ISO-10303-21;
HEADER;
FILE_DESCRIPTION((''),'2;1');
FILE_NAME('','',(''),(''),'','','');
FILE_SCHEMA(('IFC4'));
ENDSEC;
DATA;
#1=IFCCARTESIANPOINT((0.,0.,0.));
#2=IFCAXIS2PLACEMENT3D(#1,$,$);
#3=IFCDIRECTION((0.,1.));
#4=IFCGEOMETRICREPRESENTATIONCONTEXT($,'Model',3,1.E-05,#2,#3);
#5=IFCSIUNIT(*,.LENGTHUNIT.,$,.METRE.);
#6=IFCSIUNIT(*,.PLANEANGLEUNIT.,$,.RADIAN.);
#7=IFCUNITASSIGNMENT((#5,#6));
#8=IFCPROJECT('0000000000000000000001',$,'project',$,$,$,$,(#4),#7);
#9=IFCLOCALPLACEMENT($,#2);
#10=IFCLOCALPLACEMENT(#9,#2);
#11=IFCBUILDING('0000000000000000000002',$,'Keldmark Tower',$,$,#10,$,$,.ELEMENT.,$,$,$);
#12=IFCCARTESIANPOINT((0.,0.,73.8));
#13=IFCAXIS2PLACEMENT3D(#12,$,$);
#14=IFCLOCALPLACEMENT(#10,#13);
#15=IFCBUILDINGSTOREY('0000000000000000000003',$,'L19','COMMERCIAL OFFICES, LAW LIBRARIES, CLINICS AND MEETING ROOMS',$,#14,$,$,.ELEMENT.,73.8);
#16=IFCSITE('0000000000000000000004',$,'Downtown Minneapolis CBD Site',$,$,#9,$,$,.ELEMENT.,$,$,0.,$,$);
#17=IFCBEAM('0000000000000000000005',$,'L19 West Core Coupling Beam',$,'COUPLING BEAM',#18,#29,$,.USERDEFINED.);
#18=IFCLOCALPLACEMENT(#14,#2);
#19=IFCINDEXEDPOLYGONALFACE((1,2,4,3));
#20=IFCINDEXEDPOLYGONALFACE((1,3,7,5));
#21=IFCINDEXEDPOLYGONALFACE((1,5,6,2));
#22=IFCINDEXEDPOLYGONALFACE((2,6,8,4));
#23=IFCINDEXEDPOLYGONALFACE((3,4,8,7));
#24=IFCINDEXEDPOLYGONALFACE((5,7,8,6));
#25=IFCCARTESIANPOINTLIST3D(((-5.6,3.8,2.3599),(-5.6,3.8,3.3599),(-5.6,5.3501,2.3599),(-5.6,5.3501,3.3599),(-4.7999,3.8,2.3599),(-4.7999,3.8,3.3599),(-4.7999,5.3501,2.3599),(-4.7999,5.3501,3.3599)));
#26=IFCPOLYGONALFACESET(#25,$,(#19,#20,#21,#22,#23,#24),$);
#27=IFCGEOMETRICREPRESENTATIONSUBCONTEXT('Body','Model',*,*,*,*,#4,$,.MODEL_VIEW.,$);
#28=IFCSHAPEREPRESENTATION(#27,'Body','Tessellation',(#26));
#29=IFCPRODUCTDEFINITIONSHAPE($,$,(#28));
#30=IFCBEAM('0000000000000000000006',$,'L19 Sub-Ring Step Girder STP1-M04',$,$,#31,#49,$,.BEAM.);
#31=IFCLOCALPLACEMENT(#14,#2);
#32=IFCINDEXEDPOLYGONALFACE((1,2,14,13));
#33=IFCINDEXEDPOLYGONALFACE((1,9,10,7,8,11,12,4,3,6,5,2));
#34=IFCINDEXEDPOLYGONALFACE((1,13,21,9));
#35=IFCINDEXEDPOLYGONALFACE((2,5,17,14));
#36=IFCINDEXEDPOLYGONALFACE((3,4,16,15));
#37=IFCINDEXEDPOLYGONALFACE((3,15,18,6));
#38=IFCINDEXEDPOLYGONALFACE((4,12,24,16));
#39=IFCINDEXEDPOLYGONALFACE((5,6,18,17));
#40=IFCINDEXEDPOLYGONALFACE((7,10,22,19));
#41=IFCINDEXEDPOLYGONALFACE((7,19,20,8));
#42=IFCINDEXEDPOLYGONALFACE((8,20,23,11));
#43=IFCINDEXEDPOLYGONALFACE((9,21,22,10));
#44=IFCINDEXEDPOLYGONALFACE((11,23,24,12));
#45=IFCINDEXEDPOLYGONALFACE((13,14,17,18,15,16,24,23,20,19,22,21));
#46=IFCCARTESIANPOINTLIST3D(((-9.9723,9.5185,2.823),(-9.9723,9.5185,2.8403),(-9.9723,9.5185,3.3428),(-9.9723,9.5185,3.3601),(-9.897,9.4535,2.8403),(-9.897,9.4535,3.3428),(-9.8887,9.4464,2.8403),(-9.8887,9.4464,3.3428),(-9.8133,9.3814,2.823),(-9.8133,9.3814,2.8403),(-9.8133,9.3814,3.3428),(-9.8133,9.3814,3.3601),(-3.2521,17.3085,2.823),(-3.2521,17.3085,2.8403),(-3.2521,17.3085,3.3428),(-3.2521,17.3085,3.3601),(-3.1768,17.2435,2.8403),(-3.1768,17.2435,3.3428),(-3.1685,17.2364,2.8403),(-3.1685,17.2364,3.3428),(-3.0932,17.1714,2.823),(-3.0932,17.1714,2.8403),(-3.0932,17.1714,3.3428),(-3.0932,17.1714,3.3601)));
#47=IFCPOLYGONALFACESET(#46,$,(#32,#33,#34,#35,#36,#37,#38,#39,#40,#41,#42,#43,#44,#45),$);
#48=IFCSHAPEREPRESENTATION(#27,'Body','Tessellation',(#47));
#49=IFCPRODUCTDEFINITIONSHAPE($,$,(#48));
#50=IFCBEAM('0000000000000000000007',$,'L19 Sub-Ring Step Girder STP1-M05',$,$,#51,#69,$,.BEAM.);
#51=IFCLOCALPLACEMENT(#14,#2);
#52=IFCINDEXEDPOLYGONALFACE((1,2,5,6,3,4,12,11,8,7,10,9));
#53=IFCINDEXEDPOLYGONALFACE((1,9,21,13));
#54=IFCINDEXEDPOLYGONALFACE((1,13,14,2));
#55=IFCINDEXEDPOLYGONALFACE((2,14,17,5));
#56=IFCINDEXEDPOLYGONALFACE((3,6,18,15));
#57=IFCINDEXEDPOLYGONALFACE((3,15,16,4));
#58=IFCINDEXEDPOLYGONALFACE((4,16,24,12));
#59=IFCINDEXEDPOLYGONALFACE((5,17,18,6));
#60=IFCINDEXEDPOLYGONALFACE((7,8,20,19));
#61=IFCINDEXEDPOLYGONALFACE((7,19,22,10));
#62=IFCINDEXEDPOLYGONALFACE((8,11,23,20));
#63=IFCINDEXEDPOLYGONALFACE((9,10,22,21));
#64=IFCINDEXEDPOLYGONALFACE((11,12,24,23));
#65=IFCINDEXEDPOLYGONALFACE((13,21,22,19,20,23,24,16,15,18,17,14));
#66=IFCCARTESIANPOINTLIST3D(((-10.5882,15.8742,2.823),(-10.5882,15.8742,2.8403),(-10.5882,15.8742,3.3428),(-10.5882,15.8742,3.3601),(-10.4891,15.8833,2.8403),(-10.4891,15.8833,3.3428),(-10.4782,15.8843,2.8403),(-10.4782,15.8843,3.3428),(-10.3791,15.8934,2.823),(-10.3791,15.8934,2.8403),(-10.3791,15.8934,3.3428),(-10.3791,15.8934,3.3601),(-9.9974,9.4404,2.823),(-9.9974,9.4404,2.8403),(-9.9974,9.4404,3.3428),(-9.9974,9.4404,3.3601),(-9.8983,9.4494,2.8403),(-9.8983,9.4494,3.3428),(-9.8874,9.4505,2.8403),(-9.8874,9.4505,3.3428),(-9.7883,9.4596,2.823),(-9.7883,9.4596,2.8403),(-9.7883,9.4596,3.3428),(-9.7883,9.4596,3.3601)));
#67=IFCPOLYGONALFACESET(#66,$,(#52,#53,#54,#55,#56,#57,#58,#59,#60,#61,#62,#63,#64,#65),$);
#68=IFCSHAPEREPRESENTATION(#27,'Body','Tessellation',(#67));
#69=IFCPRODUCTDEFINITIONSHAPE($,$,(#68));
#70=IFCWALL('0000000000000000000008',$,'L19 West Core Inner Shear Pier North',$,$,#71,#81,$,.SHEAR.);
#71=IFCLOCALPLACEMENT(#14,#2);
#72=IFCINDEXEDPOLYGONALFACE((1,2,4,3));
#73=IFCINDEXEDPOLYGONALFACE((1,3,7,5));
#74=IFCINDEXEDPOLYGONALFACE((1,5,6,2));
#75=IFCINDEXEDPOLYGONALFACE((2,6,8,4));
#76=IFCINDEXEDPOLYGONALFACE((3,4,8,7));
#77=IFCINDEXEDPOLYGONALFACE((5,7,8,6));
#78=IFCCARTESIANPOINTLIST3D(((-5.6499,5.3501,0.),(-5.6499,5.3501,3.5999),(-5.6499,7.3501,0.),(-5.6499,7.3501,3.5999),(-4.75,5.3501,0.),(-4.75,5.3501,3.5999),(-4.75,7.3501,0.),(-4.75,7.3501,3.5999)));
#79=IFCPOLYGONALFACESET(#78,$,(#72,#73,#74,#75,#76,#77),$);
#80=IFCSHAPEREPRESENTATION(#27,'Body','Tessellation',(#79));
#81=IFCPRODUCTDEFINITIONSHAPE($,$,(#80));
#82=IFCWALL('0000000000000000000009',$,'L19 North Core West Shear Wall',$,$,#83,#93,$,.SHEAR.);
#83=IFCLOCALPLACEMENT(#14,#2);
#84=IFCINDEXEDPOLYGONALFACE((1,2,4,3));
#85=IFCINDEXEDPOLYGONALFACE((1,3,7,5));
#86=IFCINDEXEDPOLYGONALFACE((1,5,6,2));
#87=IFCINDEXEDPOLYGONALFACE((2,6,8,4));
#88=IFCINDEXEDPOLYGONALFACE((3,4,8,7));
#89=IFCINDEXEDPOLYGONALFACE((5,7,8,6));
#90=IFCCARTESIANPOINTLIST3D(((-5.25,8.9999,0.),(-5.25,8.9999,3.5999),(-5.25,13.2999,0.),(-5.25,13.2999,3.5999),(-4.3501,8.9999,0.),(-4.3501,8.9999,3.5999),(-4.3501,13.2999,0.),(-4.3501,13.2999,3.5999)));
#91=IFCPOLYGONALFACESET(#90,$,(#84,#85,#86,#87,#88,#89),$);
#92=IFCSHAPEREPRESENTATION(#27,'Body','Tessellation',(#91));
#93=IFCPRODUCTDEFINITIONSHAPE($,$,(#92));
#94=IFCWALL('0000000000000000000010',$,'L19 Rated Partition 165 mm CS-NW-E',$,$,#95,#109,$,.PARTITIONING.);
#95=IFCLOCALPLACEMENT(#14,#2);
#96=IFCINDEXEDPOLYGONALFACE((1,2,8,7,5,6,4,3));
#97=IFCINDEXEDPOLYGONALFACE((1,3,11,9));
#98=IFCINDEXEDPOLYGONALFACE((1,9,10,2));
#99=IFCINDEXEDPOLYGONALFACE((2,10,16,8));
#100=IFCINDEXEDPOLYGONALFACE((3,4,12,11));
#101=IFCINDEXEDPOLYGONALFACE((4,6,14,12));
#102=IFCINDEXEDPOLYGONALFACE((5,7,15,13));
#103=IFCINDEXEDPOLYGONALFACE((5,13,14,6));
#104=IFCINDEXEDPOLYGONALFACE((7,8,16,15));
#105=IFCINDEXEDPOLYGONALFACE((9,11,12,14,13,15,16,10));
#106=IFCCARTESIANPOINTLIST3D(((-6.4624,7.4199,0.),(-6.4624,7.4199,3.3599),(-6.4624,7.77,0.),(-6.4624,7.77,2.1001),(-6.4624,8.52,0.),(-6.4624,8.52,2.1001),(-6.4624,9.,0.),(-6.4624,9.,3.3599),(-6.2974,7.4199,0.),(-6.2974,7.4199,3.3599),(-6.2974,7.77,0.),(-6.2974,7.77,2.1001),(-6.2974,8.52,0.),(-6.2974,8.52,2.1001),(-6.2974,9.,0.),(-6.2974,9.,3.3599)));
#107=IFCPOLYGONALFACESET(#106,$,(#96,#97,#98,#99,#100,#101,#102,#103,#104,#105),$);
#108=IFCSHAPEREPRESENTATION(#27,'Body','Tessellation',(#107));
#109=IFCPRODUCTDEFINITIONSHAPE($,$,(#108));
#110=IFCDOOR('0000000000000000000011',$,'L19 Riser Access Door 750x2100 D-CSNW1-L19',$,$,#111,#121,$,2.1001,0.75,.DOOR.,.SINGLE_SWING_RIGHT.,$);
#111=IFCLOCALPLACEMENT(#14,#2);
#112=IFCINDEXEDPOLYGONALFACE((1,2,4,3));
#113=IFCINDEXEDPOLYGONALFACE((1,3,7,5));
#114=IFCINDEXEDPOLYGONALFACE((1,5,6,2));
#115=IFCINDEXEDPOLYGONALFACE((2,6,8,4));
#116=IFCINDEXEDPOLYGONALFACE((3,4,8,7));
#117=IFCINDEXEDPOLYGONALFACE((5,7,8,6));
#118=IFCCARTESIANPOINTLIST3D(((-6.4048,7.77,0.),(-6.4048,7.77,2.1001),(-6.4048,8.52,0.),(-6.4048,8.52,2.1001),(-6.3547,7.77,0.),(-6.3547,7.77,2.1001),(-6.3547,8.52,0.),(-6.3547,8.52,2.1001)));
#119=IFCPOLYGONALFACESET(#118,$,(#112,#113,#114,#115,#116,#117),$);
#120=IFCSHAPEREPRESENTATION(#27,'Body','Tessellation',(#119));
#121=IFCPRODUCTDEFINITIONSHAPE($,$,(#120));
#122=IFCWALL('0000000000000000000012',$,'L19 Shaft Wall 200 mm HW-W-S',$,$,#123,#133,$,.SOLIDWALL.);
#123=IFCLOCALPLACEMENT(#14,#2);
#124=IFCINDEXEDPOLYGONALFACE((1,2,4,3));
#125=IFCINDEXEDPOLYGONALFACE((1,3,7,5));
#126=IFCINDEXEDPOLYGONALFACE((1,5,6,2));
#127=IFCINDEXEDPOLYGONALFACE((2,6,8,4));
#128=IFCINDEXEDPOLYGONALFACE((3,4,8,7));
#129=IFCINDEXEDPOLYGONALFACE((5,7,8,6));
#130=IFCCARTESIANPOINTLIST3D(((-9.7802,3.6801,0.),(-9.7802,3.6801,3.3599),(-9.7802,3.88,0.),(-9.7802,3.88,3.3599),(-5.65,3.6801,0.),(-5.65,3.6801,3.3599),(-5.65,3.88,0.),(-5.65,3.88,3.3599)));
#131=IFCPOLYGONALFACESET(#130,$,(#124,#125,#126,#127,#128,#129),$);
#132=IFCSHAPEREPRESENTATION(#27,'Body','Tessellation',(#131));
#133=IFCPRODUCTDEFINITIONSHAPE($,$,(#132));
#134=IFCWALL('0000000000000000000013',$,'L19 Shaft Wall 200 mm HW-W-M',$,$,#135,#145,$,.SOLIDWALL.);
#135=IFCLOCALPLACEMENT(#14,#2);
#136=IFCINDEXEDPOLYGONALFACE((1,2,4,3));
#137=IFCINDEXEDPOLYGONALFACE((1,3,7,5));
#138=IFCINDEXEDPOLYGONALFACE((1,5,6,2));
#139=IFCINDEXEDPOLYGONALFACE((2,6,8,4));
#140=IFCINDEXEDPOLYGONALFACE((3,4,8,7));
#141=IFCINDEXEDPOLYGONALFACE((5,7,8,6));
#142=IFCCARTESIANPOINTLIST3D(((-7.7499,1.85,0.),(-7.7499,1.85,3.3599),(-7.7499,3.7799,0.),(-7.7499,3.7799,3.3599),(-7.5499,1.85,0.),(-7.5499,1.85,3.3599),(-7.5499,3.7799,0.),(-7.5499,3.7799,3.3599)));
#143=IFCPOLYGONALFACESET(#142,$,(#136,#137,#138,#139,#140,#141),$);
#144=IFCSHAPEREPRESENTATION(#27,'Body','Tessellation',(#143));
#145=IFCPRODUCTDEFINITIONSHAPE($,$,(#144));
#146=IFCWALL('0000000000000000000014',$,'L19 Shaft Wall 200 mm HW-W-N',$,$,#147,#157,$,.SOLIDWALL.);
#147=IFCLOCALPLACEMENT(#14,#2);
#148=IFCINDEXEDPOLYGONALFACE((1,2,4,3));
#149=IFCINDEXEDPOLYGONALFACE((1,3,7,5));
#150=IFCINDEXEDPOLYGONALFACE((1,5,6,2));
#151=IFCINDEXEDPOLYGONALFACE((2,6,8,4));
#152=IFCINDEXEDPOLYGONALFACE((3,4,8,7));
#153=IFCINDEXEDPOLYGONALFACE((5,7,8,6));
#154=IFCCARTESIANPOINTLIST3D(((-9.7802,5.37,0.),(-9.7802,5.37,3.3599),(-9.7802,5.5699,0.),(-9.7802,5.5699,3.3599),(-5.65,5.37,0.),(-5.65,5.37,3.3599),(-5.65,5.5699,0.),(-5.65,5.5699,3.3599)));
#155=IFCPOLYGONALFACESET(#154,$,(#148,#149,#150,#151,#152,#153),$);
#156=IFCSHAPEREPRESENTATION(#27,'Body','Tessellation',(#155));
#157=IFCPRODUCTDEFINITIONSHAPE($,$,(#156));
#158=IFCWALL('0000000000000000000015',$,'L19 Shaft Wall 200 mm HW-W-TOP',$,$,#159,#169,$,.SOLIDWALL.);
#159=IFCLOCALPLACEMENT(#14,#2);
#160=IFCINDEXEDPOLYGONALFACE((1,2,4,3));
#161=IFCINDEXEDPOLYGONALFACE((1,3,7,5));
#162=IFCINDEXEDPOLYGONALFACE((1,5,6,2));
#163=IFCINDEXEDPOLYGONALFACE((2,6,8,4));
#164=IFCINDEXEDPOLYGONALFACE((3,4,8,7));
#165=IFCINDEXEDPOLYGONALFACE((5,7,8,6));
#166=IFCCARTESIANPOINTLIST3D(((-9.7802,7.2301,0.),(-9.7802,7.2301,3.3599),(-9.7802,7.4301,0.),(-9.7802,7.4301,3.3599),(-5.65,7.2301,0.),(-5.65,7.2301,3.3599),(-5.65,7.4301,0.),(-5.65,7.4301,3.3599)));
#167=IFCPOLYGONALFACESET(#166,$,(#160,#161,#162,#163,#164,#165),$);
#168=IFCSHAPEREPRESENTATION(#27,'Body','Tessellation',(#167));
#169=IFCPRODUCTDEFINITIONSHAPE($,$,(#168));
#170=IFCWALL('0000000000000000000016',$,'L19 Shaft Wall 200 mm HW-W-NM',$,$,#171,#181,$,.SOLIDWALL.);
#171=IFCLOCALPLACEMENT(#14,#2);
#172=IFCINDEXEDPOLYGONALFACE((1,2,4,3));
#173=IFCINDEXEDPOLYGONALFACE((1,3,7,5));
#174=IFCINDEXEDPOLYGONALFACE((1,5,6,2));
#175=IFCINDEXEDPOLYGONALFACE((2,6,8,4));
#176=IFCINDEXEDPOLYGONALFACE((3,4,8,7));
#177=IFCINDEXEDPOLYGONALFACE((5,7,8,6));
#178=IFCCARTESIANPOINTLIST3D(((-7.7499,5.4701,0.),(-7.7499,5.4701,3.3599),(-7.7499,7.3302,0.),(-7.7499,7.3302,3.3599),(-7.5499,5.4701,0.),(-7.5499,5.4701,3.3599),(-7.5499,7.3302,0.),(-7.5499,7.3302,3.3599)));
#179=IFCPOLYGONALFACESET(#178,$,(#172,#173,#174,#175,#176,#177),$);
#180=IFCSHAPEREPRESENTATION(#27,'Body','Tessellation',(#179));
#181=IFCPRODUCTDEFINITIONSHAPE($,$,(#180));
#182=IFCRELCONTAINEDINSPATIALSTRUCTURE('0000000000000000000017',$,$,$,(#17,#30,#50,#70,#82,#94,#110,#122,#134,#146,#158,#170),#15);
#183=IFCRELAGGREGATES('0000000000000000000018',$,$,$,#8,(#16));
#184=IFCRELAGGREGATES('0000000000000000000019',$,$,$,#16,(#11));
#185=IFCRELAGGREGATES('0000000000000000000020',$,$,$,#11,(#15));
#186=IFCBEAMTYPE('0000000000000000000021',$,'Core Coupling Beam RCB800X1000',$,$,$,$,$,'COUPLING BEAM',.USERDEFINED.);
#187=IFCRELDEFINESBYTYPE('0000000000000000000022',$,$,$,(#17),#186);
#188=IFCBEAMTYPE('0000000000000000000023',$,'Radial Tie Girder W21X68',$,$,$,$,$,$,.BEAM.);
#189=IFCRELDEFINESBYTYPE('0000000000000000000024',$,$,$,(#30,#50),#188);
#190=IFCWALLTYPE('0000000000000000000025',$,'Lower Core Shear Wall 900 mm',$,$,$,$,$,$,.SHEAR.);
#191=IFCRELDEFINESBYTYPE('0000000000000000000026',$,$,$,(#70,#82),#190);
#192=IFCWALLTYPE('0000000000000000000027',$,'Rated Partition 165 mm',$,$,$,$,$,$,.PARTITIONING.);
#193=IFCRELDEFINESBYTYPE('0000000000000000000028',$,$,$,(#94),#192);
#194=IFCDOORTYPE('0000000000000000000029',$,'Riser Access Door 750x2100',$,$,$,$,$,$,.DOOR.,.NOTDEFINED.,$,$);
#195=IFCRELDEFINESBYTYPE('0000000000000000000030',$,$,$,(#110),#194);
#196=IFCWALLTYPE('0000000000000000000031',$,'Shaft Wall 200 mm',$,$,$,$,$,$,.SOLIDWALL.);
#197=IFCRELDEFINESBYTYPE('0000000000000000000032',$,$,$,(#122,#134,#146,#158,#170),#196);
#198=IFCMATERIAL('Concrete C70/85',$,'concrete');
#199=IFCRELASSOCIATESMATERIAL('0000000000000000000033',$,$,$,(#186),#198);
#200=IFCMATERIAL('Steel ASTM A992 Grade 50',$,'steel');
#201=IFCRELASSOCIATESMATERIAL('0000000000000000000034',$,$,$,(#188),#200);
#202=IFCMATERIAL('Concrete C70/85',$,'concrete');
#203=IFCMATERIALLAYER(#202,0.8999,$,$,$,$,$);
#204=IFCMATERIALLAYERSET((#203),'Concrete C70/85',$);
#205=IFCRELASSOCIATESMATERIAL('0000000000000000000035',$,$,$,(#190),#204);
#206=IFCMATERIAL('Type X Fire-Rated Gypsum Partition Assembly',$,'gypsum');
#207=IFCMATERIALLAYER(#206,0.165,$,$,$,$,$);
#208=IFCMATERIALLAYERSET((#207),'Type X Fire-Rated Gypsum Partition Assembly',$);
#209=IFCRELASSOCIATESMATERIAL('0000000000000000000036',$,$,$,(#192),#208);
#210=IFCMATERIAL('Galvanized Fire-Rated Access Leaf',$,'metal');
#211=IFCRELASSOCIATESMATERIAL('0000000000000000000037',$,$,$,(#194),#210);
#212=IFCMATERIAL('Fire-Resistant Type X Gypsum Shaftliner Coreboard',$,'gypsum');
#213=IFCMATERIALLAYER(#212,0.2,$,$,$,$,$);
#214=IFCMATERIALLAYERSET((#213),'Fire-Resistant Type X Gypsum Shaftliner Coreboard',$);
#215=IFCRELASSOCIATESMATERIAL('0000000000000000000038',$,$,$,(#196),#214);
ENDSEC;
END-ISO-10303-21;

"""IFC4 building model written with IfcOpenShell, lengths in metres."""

from ifc_helpers import new_model, si_unit, direction, frame, frame_2d, origin, origin_2d, place, context, subcontext, project, spatial, rectangle, i_section, extrude, material, layer, layer_set, material_profile, profile_set, type_object, element, fill, save


model = new_model("IFC4")

# Units and contexts
model_context = context("Model", 3, precision=1e-05, world=origin(), true_north=direction((0.0, 1.0)))
body_context = subcontext(model_context, "Body", "Model", "MODEL_VIEW")
ifc_project = project(units=[si_unit("LENGTHUNIT", "METRE"), si_unit("PLANEANGLEUNIT", "RADIAN")], contexts=[model_context])

# Site, building, storey
site_placement = place(None, origin())
site = spatial("IfcSite", under=ifc_project, at=site_placement, Name="Downtown Minneapolis CBD Site", CompositionType="ELEMENT", RefElevation=0.0)
building_placement = place(site_placement, origin())
building = spatial("IfcBuilding", under=site, at=building_placement, Name="Keldmark Tower", CompositionType="ELEMENT")
storey_placement = place(building_placement, frame((0.0, 0.0, 73.8)))
storey = spatial("IfcBuildingStorey", under=building, at=storey_placement, Name="L19", Description="COMMERCIAL OFFICES, LAW LIBRARIES, CLINICS AND MEETING ROOMS", CompositionType="ELEMENT", Elevation=73.8)

# Beams
ifc_material_1 = material(Name="Concrete C70/85", Category="concrete")
ifc_material_profile_1 = material_profile(ifc_material_1, rectangle(XDim=0.8, YDim=1.0, at=origin_2d()), Name="RCB800X1000")
ifc_profile_set_1 = profile_set([ifc_material_profile_1], Name="Concrete C70/85")
beam_type_1 = type_object("IfcBeamType", Name="Core Coupling Beam RCB800X1000", ElementType="COUPLING BEAM", PredefinedType="USERDEFINED", material=ifc_profile_set_1)
beam_1_placement = place(storey_placement, frame((-5.2, 3.8, 2.8599), z_axis=(0.0, 1.0, 0.0), x_axis=(-1.0, 0.0, 0.0)))
element("IfcBeam", 1, at=beam_1_placement, inside=storey, type_object=beam_type_1, Name="L19 West Core Coupling Beam", ObjectType="COUPLING BEAM", PredefinedType="USERDEFINED", context=body_context, shape_type="SweptSolid", body=[
    extrude(rectangle(XDim=0.8, YDim=1.0, at=origin_2d()), origin(), (0.0, 0.0, 1.0), 1.55),
])
ifc_material_2 = material(Name="Steel ASTM A992 Grade 50", Category="steel")
ifc_material_profile_2 = material_profile(ifc_material_2, i_section(OverallWidth=0.21, OverallDepth=0.5371, WebThickness=0.011, FlangeThickness=0.0173, at=origin_2d()), Name="W21X68")
ifc_profile_set_2 = profile_set([ifc_material_profile_2], Name="Steel ASTM A992 Grade 50")
beam_type_2 = type_object("IfcBeamType", Name="Radial Tie Girder W21X68", PredefinedType="BEAM", material=ifc_profile_set_2)
beam_2_placement = place(storey_placement, frame((-9.8928, 9.45, 3.0916), z_axis=(0.6532, 0.757186, 0.0), x_axis=(-0.757186, 0.6532, 0.0)))
element("IfcBeam", 2, at=beam_2_placement, inside=storey, type_object=beam_type_2, Name="L19 Sub-Ring Step Girder STP1-M04", PredefinedType="BEAM", context=body_context, shape_type="SweptSolid", body=[
    extrude(i_section(OverallWidth=0.21, OverallDepth=0.5371, WebThickness=0.011, FlangeThickness=0.0173, at=origin_2d()), origin(), (0.0, 0.0, 1.0), 10.2881),
])
beam_3_placement = place(storey_placement, frame((-9.8928, 9.45, 3.0916), z_axis=(-0.091445, 0.99581, 0.0), x_axis=(-0.99581, -0.091445, 0.0)))
element("IfcBeam", 3, at=beam_3_placement, inside=storey, type_object=beam_type_2, Name="L19 Sub-Ring Step Girder STP1-M05", PredefinedType="BEAM", context=body_context, shape_type="SweptSolid", body=[
    extrude(i_section(OverallWidth=0.21, OverallDepth=0.5371, WebThickness=0.011, FlangeThickness=0.0173, at=origin_2d()), origin(), (0.0, 0.0, 1.0), 6.4609),
])

# Walls
ifc_material_3 = material(Name="Concrete C70/85", Category="concrete")
ifc_layer_1 = layer(ifc_material_3, 0.8999)
ifc_layer_set_1 = layer_set([ifc_layer_1], Name="Concrete C70/85")
wall_type_1 = type_object("IfcWallType", Name="Lower Core Shear Wall 900 mm", PredefinedType="SHEAR", material=ifc_layer_set_1)
wall_1_placement = place(storey_placement, frame((-5.2, 5.3501, 0.0), z_axis=(0.0, 0.0, 1.0), x_axis=(0.0, 1.0, 0.0)))
element("IfcWall", 4, at=wall_1_placement, inside=storey, type_object=wall_type_1, Name="L19 West Core Inner Shear Pier North", PredefinedType="SHEAR", context=body_context, shape_type="SweptSolid", body=[
    extrude(rectangle(XDim=2.0, YDim=0.8999, at=frame_2d((1.0, 0.0))), origin(), (0.0, 0.0, 1.0), 3.5999),
])
wall_2_placement = place(storey_placement, frame((-4.8, 9.0, 0.0), z_axis=(0.0, 0.0, 1.0), x_axis=(0.0, 1.0, 0.0)))
element("IfcWall", 5, at=wall_2_placement, inside=storey, type_object=wall_type_1, Name="L19 North Core West Shear Wall", PredefinedType="SHEAR", context=body_context, shape_type="SweptSolid", body=[
    extrude(rectangle(XDim=4.3, YDim=0.8999, at=frame_2d((2.1499, 0.0))), origin(), (0.0, 0.0, 1.0), 3.5999),
])

# Wall, opening, door
ifc_material_4 = material(Name="Type X Fire-Rated Gypsum Partition Assembly", Category="gypsum")
ifc_layer_2 = layer(ifc_material_4, 0.165)
ifc_layer_set_2 = layer_set([ifc_layer_2], Name="Type X Fire-Rated Gypsum Partition Assembly")
wall_type_2 = type_object("IfcWallType", Name="Rated Partition 165 mm", PredefinedType="PARTITIONING", material=ifc_layer_set_2)
wall_3_placement = place(storey_placement, frame((-6.3799, 7.4199, 0.0), z_axis=(0.0, 0.0, 1.0), x_axis=(0.0, 1.0, 0.0)))
wall_3 = element("IfcWall", 6, at=wall_3_placement, inside=storey, type_object=wall_type_2, Name="L19 Rated Partition 165 mm CS-NW-E", PredefinedType="PARTITIONING", context=body_context, shape_type="SweptSolid", body=[
    extrude(rectangle(XDim=1.5801, YDim=0.165, at=frame_2d((0.79, 0.0))), origin(), (0.0, 0.0, 1.0), 3.3599),
])
opening_1_placement = place(wall_3_placement, frame((0.3501, 0.0, 0.0)))
opening_1 = element("IfcOpeningElement", 7, at=opening_1_placement, cuts=wall_3, PredefinedType="OPENING", context=body_context, shape_type="SweptSolid", body=[
    extrude(rectangle(XDim=0.75, YDim=2.1001, at=frame_2d((0.375, 1.05))), frame((0.0, 0.0925, 0.0), z_axis=(0.0, -1.0, 0.0), x_axis=(1.0, 0.0, 0.0)), (0.0, 0.0, 1.0), 0.1851),
])
ifc_material_5 = material(Name="Galvanized Fire-Rated Access Leaf", Category="metal")
door_type_1 = type_object("IfcDoorType", Name="Riser Access Door 750x2100", OperationType="NOTDEFINED", PredefinedType="DOOR", material=ifc_material_5)
door_1_placement = place(opening_1_placement, origin())
door_1 = element("IfcDoor", 8, at=door_1_placement, inside=storey, type_object=door_type_1, Name="L19 Riser Access Door 750x2100 D-CSNW1-L19", OperationType="SINGLE_SWING_RIGHT", OverallHeight=2.1001, OverallWidth=0.75, PredefinedType="DOOR", context=body_context, shape_type="SweptSolid", body=[
    extrude(rectangle(XDim=0.75, YDim=2.1001, at=frame_2d((0.375, 1.05))), frame((0.0, 0.0249, 0.0), z_axis=(0.0, -1.0, 0.0), x_axis=(1.0, 0.0, 0.0)), (0.0, 0.0, 1.0), 0.05),
])
fill(opening_1, door_1)

# Walls
ifc_material_6 = material(Name="Fire-Resistant Type X Gypsum Shaftliner Coreboard", Category="gypsum")
ifc_layer_3 = layer(ifc_material_6, 0.2)
ifc_layer_set_3 = layer_set([ifc_layer_3], Name="Fire-Resistant Type X Gypsum Shaftliner Coreboard")
wall_type_3 = type_object("IfcWallType", Name="Shaft Wall 200 mm", PredefinedType="SOLIDWALL", material=ifc_layer_set_3)
wall_4_placement = place(storey_placement, frame((-9.78, 3.78, 0.0), z_axis=(0.0, 0.0, 1.0), x_axis=(1.0, 0.0, 0.0)))
element("IfcWall", 9, at=wall_4_placement, inside=storey, type_object=wall_type_3, Name="L19 Shaft Wall 200 mm HW-W-S", PredefinedType="SOLIDWALL", context=body_context, shape_type="SweptSolid", body=[
    extrude(rectangle(XDim=4.1301, YDim=0.2, at=frame_2d((2.0649, 0.0))), origin(), (0.0, 0.0, 1.0), 3.3599),
])
wall_5_placement = place(storey_placement, frame((-7.6499, 1.8501, 0.0), z_axis=(0.0, 0.0, 1.0), x_axis=(0.0, 1.0, 0.0)))
element("IfcWall", 10, at=wall_5_placement, inside=storey, type_object=wall_type_3, Name="L19 Shaft Wall 200 mm HW-W-M", PredefinedType="SOLIDWALL", context=body_context, shape_type="SweptSolid", body=[
    extrude(rectangle(XDim=1.9299, YDim=0.2, at=frame_2d((0.9648, 0.0))), origin(), (0.0, 0.0, 1.0), 3.3599),
])
for number, where, z_axis, x_axis, name in (
    (11, (-9.78, 5.47, 0.0), (0.0, 0.0, 1.0), (1.0, 0.0, 0.0), "L19 Shaft Wall 200 mm HW-W-N"),
    (12, (-9.78, 7.3301, 0.0), (0.0, 0.0, 1.0), (1.0, 0.0, 0.0), "L19 Shaft Wall 200 mm HW-W-TOP"),
):
    element("IfcWall", number, at=place(storey_placement, frame(where, z_axis=z_axis, x_axis=x_axis)), inside=storey, type_object=wall_type_3, Name=name, PredefinedType="SOLIDWALL", context=body_context, shape_type="SweptSolid", body=[
        extrude(rectangle(XDim=4.1301, YDim=0.2, at=frame_2d((2.0649, 0.0))), origin(), (0.0, 0.0, 1.0), 3.3599),
    ])
wall_6_placement = place(storey_placement, frame((-7.6499, 5.47, 0.0), z_axis=(0.0, 0.0, 1.0), x_axis=(0.0, 1.0, 0.0)))
element("IfcWall", 13, at=wall_6_placement, inside=storey, type_object=wall_type_3, Name="L19 Shaft Wall 200 mm HW-W-NM", PredefinedType="SOLIDWALL", context=body_context, shape_type="SweptSolid", body=[
    extrude(rectangle(XDim=1.8601, YDim=0.2, at=frame_2d((0.9302, 0.0))), origin(), (0.0, 0.0, 1.0), 3.3599),
])

save(model, "model.ifc")
